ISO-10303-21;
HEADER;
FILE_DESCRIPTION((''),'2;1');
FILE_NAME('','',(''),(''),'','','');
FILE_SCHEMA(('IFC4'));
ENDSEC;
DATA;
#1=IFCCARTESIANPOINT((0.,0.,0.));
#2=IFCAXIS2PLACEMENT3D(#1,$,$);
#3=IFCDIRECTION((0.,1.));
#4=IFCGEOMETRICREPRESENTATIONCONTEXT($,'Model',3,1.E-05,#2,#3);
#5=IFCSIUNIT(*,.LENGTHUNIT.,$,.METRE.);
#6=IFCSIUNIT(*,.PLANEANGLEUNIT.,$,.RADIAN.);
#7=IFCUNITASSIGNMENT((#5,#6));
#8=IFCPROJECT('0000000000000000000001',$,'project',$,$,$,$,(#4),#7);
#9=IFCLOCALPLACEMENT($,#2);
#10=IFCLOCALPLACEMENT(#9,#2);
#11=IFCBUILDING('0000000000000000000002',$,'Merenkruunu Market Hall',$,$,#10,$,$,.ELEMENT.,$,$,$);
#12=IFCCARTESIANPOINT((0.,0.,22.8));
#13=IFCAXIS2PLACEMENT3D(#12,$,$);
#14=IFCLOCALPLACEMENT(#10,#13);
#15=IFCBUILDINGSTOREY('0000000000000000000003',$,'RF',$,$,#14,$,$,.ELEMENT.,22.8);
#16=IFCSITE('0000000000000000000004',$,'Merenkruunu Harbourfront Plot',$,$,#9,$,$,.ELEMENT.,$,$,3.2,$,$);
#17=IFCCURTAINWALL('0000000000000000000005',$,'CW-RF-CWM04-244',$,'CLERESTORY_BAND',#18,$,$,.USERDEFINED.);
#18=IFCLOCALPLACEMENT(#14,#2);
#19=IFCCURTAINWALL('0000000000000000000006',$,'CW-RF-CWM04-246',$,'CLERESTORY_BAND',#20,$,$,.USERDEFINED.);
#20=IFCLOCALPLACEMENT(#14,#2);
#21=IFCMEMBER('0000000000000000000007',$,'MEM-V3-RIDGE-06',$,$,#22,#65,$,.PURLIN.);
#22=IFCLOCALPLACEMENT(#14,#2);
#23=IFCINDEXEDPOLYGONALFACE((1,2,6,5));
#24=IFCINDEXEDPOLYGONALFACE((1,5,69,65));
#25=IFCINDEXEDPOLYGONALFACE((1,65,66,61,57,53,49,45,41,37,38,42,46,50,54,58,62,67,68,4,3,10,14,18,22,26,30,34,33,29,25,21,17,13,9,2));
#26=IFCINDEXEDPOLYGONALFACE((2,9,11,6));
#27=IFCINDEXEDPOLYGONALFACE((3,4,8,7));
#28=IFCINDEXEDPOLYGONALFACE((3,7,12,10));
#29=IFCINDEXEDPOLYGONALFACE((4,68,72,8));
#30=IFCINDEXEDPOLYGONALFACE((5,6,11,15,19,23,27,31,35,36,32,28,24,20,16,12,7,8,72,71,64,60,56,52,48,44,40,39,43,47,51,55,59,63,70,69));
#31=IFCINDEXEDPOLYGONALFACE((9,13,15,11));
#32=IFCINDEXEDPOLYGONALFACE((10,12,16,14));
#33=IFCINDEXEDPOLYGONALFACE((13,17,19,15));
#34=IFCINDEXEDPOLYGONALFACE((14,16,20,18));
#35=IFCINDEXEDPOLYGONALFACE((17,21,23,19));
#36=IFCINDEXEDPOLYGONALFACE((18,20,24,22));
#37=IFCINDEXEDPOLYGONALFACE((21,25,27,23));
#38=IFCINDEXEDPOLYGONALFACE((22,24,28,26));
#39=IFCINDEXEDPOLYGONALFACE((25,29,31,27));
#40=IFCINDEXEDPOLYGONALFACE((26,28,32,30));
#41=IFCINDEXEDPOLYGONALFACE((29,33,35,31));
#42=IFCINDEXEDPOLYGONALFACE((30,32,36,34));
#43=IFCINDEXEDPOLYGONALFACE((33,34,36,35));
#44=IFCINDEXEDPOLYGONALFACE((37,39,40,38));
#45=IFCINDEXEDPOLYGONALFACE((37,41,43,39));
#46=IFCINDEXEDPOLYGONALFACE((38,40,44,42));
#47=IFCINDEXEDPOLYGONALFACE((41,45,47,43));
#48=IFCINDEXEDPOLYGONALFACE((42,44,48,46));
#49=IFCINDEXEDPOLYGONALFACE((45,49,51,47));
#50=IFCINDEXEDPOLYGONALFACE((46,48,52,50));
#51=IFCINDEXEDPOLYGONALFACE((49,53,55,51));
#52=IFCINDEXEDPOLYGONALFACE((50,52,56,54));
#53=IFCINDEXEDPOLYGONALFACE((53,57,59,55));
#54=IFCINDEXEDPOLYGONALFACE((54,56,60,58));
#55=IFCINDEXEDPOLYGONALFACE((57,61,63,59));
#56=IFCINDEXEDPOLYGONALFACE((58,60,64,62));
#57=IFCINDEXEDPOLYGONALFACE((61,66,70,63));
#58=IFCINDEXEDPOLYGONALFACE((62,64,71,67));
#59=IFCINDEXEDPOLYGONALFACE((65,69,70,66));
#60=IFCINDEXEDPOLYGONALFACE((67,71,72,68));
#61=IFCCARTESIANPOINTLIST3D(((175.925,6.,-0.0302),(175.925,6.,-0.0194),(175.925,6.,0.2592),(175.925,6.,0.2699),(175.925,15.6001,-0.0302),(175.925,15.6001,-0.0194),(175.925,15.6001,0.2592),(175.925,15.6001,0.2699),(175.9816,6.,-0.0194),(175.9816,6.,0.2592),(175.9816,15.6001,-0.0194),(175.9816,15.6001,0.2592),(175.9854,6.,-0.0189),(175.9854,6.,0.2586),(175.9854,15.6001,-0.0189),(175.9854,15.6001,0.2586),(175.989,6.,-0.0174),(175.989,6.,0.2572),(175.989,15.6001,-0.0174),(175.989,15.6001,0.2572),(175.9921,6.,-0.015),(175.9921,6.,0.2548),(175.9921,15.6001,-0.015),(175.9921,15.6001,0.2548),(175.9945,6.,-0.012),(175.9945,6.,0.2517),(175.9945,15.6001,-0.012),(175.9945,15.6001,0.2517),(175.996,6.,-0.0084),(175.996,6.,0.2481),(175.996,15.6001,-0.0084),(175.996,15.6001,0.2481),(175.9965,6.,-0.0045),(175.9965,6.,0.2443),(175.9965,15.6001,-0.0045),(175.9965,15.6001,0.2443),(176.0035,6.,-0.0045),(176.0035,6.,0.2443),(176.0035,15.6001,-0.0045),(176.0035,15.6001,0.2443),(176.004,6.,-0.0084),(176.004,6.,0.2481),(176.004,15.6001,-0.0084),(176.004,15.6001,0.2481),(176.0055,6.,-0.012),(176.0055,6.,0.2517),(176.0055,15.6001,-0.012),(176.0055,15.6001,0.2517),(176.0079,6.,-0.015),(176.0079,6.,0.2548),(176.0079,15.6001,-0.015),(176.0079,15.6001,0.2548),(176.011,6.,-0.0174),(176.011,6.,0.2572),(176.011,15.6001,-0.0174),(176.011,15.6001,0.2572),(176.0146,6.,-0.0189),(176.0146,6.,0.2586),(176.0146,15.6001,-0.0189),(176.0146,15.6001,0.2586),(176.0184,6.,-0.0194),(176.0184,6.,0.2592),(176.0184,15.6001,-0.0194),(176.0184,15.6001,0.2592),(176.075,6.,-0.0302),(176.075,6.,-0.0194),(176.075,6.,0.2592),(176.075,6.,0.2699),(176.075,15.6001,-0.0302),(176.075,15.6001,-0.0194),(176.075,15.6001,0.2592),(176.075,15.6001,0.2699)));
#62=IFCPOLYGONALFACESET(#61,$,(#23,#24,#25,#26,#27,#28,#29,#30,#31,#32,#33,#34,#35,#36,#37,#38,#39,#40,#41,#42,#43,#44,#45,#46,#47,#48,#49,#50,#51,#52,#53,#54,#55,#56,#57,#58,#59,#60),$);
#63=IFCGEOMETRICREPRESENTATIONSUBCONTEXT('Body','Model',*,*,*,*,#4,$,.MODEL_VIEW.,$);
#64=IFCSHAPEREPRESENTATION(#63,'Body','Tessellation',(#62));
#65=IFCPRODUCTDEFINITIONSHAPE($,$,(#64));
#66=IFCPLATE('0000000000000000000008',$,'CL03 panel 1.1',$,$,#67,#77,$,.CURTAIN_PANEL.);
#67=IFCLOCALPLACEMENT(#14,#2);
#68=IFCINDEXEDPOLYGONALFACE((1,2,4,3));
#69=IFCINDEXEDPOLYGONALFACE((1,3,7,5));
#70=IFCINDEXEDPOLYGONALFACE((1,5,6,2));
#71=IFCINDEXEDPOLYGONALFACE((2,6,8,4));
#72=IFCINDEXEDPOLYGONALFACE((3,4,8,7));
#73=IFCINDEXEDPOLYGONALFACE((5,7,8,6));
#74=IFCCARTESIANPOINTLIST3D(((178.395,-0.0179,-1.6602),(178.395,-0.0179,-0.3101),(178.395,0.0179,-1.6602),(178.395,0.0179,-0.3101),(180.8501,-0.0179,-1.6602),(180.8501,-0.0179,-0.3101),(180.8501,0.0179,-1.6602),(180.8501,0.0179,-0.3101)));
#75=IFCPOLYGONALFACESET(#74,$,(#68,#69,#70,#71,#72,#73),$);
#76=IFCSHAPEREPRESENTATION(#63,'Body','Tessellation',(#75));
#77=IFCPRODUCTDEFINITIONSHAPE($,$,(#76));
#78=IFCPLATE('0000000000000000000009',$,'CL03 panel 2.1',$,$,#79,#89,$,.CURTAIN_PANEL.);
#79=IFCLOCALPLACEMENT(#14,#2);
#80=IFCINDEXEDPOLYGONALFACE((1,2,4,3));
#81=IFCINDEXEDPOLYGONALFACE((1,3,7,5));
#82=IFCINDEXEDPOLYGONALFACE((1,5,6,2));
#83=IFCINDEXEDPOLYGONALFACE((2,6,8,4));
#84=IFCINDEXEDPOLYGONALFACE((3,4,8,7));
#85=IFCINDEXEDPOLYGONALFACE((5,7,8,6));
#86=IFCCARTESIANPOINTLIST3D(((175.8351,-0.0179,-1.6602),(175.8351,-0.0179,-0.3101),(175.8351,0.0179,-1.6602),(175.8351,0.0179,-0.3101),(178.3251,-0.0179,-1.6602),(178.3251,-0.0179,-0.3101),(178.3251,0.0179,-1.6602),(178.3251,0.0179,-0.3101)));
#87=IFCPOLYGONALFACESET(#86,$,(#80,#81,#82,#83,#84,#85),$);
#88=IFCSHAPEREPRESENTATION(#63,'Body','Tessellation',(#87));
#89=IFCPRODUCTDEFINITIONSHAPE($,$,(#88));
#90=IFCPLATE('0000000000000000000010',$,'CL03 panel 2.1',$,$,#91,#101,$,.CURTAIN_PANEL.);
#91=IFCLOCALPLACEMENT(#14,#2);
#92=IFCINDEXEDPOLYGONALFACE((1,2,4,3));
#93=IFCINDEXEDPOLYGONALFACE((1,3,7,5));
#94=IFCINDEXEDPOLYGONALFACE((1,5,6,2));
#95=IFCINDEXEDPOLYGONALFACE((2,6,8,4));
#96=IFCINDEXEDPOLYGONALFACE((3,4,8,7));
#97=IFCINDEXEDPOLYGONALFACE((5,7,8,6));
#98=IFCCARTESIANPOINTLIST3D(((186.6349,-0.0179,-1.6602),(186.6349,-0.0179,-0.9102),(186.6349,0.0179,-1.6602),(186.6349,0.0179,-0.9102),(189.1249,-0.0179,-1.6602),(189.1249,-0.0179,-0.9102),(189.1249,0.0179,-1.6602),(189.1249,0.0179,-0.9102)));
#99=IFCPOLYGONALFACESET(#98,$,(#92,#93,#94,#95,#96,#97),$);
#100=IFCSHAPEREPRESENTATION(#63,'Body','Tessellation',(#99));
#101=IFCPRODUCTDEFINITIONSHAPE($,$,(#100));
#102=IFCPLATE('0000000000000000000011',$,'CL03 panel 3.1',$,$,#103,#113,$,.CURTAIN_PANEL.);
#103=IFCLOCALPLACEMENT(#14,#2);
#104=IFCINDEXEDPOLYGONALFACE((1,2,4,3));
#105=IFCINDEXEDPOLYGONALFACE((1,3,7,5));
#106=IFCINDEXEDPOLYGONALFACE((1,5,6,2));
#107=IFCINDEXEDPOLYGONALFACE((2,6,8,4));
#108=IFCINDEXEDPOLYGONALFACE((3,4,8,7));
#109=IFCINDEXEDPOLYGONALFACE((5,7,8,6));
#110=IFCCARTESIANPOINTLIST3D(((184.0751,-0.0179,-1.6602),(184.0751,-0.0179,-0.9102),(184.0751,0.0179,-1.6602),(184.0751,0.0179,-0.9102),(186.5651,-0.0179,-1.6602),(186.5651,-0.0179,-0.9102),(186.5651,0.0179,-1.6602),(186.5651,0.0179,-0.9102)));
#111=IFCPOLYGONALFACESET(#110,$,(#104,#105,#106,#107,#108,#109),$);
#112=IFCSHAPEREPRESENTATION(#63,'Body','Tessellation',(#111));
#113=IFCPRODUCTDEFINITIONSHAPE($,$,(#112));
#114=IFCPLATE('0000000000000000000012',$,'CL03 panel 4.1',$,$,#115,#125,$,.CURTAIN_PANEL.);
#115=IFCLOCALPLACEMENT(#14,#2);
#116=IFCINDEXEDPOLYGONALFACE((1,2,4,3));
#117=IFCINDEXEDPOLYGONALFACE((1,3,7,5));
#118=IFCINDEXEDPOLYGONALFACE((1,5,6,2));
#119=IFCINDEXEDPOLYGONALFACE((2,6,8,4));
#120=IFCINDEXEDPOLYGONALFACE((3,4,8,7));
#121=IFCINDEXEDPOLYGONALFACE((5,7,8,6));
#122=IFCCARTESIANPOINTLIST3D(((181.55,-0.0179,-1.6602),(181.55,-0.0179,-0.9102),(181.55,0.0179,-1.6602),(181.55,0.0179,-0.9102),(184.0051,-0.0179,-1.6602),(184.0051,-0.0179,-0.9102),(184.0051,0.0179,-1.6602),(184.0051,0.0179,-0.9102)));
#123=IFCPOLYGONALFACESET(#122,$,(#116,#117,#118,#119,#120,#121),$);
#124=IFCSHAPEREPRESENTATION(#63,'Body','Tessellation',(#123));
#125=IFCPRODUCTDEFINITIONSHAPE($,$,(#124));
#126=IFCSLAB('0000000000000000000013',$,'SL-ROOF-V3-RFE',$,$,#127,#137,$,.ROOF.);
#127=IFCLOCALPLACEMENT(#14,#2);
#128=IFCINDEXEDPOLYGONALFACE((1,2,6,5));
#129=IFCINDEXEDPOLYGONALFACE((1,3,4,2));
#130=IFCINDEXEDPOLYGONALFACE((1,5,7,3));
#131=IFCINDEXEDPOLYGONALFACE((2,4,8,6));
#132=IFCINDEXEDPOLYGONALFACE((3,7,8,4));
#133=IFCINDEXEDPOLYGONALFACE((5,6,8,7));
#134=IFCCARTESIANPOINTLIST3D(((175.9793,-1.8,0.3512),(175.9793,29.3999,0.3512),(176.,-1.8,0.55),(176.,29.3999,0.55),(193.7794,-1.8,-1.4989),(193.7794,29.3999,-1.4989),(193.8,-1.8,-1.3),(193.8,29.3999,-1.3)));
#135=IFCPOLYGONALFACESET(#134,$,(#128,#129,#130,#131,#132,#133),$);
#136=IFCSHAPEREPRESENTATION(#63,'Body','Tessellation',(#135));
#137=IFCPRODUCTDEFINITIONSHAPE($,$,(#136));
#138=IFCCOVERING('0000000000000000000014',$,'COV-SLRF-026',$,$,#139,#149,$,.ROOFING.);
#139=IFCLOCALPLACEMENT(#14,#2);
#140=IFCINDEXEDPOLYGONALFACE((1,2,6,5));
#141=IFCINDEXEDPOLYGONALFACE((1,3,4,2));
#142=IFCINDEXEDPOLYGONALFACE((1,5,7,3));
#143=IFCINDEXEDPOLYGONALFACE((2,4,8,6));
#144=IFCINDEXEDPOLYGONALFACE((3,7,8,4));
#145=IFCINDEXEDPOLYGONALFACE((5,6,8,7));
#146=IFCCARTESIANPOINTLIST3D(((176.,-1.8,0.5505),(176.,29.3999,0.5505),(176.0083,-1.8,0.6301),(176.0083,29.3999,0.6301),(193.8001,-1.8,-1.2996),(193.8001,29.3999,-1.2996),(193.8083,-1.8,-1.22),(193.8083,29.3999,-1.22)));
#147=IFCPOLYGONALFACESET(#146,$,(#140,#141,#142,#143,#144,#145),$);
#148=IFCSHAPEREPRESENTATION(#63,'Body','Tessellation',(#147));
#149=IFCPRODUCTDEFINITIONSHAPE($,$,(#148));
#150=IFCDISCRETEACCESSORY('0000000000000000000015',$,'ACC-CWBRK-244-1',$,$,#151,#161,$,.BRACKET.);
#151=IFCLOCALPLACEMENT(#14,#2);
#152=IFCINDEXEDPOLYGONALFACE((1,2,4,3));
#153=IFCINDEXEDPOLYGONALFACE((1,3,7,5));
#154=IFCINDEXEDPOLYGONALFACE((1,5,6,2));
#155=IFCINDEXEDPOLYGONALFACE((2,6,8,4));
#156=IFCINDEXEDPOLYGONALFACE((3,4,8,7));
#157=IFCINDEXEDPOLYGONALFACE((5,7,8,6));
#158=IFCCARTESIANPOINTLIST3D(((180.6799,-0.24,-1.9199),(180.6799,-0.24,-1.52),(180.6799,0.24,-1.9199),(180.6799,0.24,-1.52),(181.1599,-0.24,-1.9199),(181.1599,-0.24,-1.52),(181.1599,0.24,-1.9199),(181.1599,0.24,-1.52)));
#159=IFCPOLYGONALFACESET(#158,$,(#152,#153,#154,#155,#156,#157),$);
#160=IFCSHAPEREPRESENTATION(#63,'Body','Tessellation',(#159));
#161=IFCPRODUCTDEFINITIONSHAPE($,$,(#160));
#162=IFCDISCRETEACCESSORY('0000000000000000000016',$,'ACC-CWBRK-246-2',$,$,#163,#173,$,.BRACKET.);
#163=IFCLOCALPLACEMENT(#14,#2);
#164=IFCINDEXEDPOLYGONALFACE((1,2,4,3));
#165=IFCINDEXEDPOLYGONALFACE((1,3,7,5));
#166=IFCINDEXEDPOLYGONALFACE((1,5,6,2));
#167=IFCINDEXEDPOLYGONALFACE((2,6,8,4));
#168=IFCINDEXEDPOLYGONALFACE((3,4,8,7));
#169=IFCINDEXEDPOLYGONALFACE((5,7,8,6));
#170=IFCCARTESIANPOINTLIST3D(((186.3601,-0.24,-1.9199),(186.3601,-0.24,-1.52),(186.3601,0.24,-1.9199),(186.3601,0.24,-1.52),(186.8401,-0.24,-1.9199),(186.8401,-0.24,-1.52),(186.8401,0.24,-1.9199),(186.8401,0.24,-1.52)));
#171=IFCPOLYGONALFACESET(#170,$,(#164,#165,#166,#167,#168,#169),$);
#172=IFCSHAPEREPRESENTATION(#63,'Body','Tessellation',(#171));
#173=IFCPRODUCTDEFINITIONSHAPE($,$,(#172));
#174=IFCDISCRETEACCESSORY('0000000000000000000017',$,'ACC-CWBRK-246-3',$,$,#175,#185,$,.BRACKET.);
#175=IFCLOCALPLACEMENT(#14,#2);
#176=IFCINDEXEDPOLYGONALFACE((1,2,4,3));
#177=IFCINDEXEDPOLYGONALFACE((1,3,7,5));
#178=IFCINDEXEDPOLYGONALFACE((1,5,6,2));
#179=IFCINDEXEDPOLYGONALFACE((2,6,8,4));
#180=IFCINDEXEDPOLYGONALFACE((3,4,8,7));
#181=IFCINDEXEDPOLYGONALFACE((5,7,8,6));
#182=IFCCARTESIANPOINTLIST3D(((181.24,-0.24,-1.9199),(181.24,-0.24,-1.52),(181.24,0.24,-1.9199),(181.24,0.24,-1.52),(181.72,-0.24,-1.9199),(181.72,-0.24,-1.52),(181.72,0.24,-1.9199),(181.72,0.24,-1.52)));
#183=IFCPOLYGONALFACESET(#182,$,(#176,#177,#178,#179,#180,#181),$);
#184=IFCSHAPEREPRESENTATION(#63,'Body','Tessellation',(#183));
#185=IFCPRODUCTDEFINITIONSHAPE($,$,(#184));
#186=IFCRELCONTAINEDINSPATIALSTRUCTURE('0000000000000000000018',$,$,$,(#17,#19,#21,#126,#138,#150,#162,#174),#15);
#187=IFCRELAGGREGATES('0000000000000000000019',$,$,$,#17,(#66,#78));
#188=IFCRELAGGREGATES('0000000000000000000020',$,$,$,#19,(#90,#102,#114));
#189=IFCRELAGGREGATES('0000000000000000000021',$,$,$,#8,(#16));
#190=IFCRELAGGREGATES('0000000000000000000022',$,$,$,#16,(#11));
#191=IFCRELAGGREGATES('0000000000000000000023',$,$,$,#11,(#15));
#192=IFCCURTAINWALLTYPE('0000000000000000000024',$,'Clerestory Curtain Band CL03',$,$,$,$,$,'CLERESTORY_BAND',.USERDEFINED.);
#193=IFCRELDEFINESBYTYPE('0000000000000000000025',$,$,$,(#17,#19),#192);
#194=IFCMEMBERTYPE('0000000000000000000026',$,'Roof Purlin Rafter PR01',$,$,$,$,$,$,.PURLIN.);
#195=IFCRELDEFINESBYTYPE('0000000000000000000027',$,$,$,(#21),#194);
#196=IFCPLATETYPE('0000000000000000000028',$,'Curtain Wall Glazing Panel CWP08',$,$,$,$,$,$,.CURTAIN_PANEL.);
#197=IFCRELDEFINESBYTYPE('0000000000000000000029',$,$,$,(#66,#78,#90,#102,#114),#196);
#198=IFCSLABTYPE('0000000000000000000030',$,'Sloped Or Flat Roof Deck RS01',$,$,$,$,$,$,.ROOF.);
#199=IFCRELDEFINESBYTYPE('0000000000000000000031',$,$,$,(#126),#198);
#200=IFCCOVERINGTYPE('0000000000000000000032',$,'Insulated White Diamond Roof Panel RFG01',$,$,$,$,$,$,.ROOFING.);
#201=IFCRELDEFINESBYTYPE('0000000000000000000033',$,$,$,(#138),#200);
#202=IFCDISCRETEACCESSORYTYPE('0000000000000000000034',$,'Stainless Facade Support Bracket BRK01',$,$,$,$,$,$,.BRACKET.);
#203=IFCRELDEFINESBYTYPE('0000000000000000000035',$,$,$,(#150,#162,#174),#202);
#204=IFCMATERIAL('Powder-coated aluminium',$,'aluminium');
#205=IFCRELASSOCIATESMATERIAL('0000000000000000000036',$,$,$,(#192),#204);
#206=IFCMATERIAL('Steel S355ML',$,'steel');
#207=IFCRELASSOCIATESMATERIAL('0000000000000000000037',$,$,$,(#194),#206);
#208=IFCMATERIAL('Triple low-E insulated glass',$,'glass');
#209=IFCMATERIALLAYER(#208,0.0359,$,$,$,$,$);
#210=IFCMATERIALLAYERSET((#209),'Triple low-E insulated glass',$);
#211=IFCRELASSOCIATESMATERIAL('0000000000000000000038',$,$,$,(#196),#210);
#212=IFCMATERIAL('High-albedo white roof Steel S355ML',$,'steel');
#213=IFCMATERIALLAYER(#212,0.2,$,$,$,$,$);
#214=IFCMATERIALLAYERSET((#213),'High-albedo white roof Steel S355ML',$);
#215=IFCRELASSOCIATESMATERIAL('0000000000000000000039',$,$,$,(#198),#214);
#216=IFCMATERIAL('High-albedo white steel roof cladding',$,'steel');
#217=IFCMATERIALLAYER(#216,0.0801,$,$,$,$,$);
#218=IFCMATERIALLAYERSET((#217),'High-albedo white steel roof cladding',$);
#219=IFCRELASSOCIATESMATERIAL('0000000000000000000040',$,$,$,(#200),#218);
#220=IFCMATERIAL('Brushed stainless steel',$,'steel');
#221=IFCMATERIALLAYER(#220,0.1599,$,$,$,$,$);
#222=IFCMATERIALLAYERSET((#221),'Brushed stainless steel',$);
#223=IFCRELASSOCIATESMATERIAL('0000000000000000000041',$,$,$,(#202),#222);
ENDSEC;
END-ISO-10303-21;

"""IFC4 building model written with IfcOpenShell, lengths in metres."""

from ifc_helpers import new_model, si_unit, direction, frame, origin, origin_2d, place, context, subcontext, project, spatial, polyline, rectangle, i_section, outline, extrude, material, layer, layer_set, material_profile, profile_set, type_object, element, aggregate, save


model = new_model("IFC4")

# Units and contexts
model_context = context("Model", 3, precision=1e-05, world=origin(), true_north=direction((0.0, 1.0)))
body_context = subcontext(model_context, "Body", "Model", "MODEL_VIEW")
ifc_project = project(units=[si_unit("LENGTHUNIT", "METRE"), si_unit("PLANEANGLEUNIT", "RADIAN")], contexts=[model_context])

# Site, building, storey
site_placement = place(None, origin())
site = spatial("IfcSite", under=ifc_project, at=site_placement, Name="Merenkruunu Harbourfront Plot", CompositionType="ELEMENT", RefElevation=3.2)
building_placement = place(site_placement, origin())
building = spatial("IfcBuilding", under=site, at=building_placement, Name="Merenkruunu Market Hall", CompositionType="ELEMENT")
storey_placement = place(building_placement, frame((0.0, 0.0, 22.8)))
storey = spatial("IfcBuildingStorey", under=building, at=storey_placement, Name="RF", CompositionType="ELEMENT", Elevation=22.8)

# Curtain walls
ifc_material_1 = material(Name="Powder-coated aluminium", Category="aluminium")
curtain_wall_type = type_object("IfcCurtainWallType", Name="Clerestory Curtain Band CL03", ElementType="CLERESTORY_BAND", PredefinedType="USERDEFINED", material=ifc_material_1)
curtain_wall_1_placement = place(storey_placement, origin())
curtain_wall_1 = element("IfcCurtainWall", 1, at=curtain_wall_1_placement, inside=storey, type_object=curtain_wall_type, Name="CW-RF-CWM04-244", ObjectType="CLERESTORY_BAND", PredefinedType="USERDEFINED")
curtain_wall_2_placement = place(storey_placement, origin())
curtain_wall_2 = element("IfcCurtainWall", 2, at=curtain_wall_2_placement, inside=storey, type_object=curtain_wall_type, Name="CW-RF-CWM04-246", ObjectType="CLERESTORY_BAND", PredefinedType="USERDEFINED")

# Member
ifc_material_2 = material(Name="Steel S355ML", Category="steel")
ifc_material_profile_1 = material_profile(ifc_material_2, i_section(OverallWidth=0.1499, OverallDepth=0.3, WebThickness=0.0071, FlangeThickness=0.0107, FilletRadius=0.0149, at=origin_2d()), Name="IPE 300")
ifc_profile_set_1 = profile_set([ifc_material_profile_1], Name="Steel S355ML")
member_type_1 = type_object("IfcMemberType", Name="Roof Purlin Rafter PR01", PredefinedType="PURLIN", material=ifc_profile_set_1)
member_1_placement = place(storey_placement, frame((176.0, 6.0, 0.1199), z_axis=(0.0, 1.0, 0.0), x_axis=(-1.0, 0.0, 0.0)))
element("IfcMember", 3, at=member_1_placement, inside=storey, type_object=member_type_1, Name="MEM-V3-RIDGE-06", PredefinedType="PURLIN", context=body_context, shape_type="SweptSolid", body=[
    extrude(i_section(OverallWidth=0.1499, OverallDepth=0.3, WebThickness=0.0071, FlangeThickness=0.0107, FilletRadius=0.0149, at=origin_2d()), origin(), (0.0, 0.0, 1.0), 9.6001),
])

# Plates
ifc_material_3 = material(Name="Triple low-E insulated glass", Category="glass")
ifc_layer_1 = layer(ifc_material_3, 0.0359)
ifc_layer_set_1 = layer_set([ifc_layer_1], Name="Triple low-E insulated glass")
plate_type = type_object("IfcPlateType", Name="Curtain Wall Glazing Panel CWP08", PredefinedType="CURTAIN_PANEL", material=ifc_layer_set_1)
plate_1_placement = place(storey_placement, frame((179.6226, 0.0, -1.6602), z_axis=(0.0, 0.0, 1.0), x_axis=(-1.0, 0.0, 0.0)))
plate_1 = element("IfcPlate", 4, at=plate_1_placement, type_object=plate_type, Name="CL03 panel 1.1", PredefinedType="CURTAIN_PANEL", context=body_context, shape_type="SweptSolid", body=[
    extrude(rectangle(XDim=2.4551, YDim=0.0359, at=origin_2d()), origin(), (0.0, 0.0, 1.0), 1.3501),
])
plate_2_placement = place(storey_placement, frame((177.0801, 0.0, -1.6602), z_axis=(0.0, 0.0, 1.0), x_axis=(-1.0, 0.0, 0.0)))
plate_2 = element("IfcPlate", 5, at=plate_2_placement, type_object=plate_type, Name="CL03 panel 2.1", PredefinedType="CURTAIN_PANEL", context=body_context, shape_type="SweptSolid", body=[
    extrude(rectangle(XDim=2.49, YDim=0.0359, at=origin_2d()), origin(), (0.0, 0.0, 1.0), 1.3501),
])
aggregate(curtain_wall_1, [plate_1, plate_2])
plate_3_placement = place(storey_placement, frame((187.8799, 0.0, -1.6602), z_axis=(0.0, 0.0, 1.0), x_axis=(-1.0, 0.0, 0.0)))
plate_3 = element("IfcPlate", 6, at=plate_3_placement, type_object=plate_type, Name="CL03 panel 2.1", PredefinedType="CURTAIN_PANEL", context=body_context, shape_type="SweptSolid", body=[
    extrude(rectangle(XDim=2.49, YDim=0.0359, at=origin_2d()), origin(), (0.0, 0.0, 1.0), 0.75),
])
plate_4_placement = place(storey_placement, frame((185.3201, 0.0, -1.6602), z_axis=(0.0, 0.0, 1.0), x_axis=(-1.0, 0.0, 0.0)))
plate_4 = element("IfcPlate", 7, at=plate_4_placement, type_object=plate_type, Name="CL03 panel 3.1", PredefinedType="CURTAIN_PANEL", context=body_context, shape_type="SweptSolid", body=[
    extrude(rectangle(XDim=2.49, YDim=0.0359, at=origin_2d()), origin(), (0.0, 0.0, 1.0), 0.75),
])
plate_5_placement = place(storey_placement, frame((182.7776, 0.0, -1.6602), z_axis=(0.0, 0.0, 1.0), x_axis=(-1.0, 0.0, 0.0)))
plate_5 = element("IfcPlate", 8, at=plate_5_placement, type_object=plate_type, Name="CL03 panel 4.1", PredefinedType="CURTAIN_PANEL", context=body_context, shape_type="SweptSolid", body=[
    extrude(rectangle(XDim=2.4551, YDim=0.0359, at=origin_2d()), origin(), (0.0, 0.0, 1.0), 0.75),
])
aggregate(curtain_wall_2, [plate_3, plate_4, plate_5])

# Slab
ifc_material_4 = material(Name="High-albedo white roof Steel S355ML", Category="steel")
ifc_layer_2 = layer(ifc_material_4, 0.2)
ifc_layer_set_2 = layer_set([ifc_layer_2], Name="High-albedo white roof Steel S355ML")
slab_type = type_object("IfcSlabType", Name="Sloped Or Flat Roof Deck RS01", PredefinedType="ROOF", material=ifc_layer_set_2)
slab_placement = place(storey_placement, frame((176.0, -1.8, 0.55), z_axis=(0.103381, 0.0, 0.994642), x_axis=(0.994642, 0.0, -0.103381)))
element("IfcSlab", 9, at=slab_placement, inside=storey, type_object=slab_type, Name="SL-ROOF-V3-RFE", PredefinedType="ROOF", context=body_context, shape_type="SweptSolid", body=[
    extrude(outline(polyline([(0.0, 0.0), (17.8959, 0.0), (17.8959, 31.2), (0.0, 31.2), (0.0, 0.0)])), origin(), (0.0, 0.0, -1.0), 0.2),
])

# Covering
ifc_material_5 = material(Name="High-albedo white steel roof cladding", Category="steel")
ifc_layer_3 = layer(ifc_material_5, 0.0801)
ifc_layer_set_3 = layer_set([ifc_layer_3], Name="High-albedo white steel roof cladding")
covering_type = type_object("IfcCoveringType", Name="Insulated White Diamond Roof Panel RFG01", PredefinedType="ROOFING", material=ifc_layer_set_3)
covering_placement = place(storey_placement, frame((176.0083, -1.8, 0.6301), z_axis=(0.103381, 0.0, 0.994642), x_axis=(0.994642, 0.0, -0.103381)))
element("IfcCovering", 10, at=covering_placement, inside=storey, type_object=covering_type, Name="COV-SLRF-026", PredefinedType="ROOFING", context=body_context, shape_type="SweptSolid", body=[
    extrude(outline(polyline([(0.0, 0.0), (17.8959, 0.0), (17.8959, 31.2), (0.0, 31.2), (0.0, 0.0)])), origin(), (0.0, 0.0, -1.0), 0.0801),
])

# Discrete accessories
ifc_material_6 = material(Name="Brushed stainless steel", Category="steel")
ifc_layer_4 = layer(ifc_material_6, 0.1599)
ifc_layer_set_4 = layer_set([ifc_layer_4], Name="Brushed stainless steel")
discrete_accessory_type = type_object("IfcDiscreteAccessoryType", Name="Stainless Facade Support Bracket BRK01", PredefinedType="BRACKET", material=ifc_layer_set_4)
for number, where, z_axis, x_axis, name in (
    (11, (180.9199, 0.0, -1.9199), (0.0, 0.0, 1.0), (1.0, 0.0, 0.0), "ACC-CWBRK-244-1"),
    (12, (186.6001, 0.0, -1.9199), (0.0, 0.0, 1.0), (1.0, 0.0, 0.0), "ACC-CWBRK-246-2"),
    (13, (181.48, 0.0, -1.9199), (0.0, 0.0, 1.0), (1.0, 0.0, 0.0), "ACC-CWBRK-246-3"),
):
    element("IfcDiscreteAccessory", number, at=place(storey_placement, frame(where, z_axis=z_axis, x_axis=x_axis)), inside=storey, type_object=discrete_accessory_type, Name=name, PredefinedType="BRACKET", context=body_context, shape_type="SweptSolid", body=[
        extrude(rectangle(XDim=0.48, YDim=0.48, at=origin_2d()), origin(), (0.0, 0.0, 1.0), 0.3999),
    ])

save(model, "model.ifc")
